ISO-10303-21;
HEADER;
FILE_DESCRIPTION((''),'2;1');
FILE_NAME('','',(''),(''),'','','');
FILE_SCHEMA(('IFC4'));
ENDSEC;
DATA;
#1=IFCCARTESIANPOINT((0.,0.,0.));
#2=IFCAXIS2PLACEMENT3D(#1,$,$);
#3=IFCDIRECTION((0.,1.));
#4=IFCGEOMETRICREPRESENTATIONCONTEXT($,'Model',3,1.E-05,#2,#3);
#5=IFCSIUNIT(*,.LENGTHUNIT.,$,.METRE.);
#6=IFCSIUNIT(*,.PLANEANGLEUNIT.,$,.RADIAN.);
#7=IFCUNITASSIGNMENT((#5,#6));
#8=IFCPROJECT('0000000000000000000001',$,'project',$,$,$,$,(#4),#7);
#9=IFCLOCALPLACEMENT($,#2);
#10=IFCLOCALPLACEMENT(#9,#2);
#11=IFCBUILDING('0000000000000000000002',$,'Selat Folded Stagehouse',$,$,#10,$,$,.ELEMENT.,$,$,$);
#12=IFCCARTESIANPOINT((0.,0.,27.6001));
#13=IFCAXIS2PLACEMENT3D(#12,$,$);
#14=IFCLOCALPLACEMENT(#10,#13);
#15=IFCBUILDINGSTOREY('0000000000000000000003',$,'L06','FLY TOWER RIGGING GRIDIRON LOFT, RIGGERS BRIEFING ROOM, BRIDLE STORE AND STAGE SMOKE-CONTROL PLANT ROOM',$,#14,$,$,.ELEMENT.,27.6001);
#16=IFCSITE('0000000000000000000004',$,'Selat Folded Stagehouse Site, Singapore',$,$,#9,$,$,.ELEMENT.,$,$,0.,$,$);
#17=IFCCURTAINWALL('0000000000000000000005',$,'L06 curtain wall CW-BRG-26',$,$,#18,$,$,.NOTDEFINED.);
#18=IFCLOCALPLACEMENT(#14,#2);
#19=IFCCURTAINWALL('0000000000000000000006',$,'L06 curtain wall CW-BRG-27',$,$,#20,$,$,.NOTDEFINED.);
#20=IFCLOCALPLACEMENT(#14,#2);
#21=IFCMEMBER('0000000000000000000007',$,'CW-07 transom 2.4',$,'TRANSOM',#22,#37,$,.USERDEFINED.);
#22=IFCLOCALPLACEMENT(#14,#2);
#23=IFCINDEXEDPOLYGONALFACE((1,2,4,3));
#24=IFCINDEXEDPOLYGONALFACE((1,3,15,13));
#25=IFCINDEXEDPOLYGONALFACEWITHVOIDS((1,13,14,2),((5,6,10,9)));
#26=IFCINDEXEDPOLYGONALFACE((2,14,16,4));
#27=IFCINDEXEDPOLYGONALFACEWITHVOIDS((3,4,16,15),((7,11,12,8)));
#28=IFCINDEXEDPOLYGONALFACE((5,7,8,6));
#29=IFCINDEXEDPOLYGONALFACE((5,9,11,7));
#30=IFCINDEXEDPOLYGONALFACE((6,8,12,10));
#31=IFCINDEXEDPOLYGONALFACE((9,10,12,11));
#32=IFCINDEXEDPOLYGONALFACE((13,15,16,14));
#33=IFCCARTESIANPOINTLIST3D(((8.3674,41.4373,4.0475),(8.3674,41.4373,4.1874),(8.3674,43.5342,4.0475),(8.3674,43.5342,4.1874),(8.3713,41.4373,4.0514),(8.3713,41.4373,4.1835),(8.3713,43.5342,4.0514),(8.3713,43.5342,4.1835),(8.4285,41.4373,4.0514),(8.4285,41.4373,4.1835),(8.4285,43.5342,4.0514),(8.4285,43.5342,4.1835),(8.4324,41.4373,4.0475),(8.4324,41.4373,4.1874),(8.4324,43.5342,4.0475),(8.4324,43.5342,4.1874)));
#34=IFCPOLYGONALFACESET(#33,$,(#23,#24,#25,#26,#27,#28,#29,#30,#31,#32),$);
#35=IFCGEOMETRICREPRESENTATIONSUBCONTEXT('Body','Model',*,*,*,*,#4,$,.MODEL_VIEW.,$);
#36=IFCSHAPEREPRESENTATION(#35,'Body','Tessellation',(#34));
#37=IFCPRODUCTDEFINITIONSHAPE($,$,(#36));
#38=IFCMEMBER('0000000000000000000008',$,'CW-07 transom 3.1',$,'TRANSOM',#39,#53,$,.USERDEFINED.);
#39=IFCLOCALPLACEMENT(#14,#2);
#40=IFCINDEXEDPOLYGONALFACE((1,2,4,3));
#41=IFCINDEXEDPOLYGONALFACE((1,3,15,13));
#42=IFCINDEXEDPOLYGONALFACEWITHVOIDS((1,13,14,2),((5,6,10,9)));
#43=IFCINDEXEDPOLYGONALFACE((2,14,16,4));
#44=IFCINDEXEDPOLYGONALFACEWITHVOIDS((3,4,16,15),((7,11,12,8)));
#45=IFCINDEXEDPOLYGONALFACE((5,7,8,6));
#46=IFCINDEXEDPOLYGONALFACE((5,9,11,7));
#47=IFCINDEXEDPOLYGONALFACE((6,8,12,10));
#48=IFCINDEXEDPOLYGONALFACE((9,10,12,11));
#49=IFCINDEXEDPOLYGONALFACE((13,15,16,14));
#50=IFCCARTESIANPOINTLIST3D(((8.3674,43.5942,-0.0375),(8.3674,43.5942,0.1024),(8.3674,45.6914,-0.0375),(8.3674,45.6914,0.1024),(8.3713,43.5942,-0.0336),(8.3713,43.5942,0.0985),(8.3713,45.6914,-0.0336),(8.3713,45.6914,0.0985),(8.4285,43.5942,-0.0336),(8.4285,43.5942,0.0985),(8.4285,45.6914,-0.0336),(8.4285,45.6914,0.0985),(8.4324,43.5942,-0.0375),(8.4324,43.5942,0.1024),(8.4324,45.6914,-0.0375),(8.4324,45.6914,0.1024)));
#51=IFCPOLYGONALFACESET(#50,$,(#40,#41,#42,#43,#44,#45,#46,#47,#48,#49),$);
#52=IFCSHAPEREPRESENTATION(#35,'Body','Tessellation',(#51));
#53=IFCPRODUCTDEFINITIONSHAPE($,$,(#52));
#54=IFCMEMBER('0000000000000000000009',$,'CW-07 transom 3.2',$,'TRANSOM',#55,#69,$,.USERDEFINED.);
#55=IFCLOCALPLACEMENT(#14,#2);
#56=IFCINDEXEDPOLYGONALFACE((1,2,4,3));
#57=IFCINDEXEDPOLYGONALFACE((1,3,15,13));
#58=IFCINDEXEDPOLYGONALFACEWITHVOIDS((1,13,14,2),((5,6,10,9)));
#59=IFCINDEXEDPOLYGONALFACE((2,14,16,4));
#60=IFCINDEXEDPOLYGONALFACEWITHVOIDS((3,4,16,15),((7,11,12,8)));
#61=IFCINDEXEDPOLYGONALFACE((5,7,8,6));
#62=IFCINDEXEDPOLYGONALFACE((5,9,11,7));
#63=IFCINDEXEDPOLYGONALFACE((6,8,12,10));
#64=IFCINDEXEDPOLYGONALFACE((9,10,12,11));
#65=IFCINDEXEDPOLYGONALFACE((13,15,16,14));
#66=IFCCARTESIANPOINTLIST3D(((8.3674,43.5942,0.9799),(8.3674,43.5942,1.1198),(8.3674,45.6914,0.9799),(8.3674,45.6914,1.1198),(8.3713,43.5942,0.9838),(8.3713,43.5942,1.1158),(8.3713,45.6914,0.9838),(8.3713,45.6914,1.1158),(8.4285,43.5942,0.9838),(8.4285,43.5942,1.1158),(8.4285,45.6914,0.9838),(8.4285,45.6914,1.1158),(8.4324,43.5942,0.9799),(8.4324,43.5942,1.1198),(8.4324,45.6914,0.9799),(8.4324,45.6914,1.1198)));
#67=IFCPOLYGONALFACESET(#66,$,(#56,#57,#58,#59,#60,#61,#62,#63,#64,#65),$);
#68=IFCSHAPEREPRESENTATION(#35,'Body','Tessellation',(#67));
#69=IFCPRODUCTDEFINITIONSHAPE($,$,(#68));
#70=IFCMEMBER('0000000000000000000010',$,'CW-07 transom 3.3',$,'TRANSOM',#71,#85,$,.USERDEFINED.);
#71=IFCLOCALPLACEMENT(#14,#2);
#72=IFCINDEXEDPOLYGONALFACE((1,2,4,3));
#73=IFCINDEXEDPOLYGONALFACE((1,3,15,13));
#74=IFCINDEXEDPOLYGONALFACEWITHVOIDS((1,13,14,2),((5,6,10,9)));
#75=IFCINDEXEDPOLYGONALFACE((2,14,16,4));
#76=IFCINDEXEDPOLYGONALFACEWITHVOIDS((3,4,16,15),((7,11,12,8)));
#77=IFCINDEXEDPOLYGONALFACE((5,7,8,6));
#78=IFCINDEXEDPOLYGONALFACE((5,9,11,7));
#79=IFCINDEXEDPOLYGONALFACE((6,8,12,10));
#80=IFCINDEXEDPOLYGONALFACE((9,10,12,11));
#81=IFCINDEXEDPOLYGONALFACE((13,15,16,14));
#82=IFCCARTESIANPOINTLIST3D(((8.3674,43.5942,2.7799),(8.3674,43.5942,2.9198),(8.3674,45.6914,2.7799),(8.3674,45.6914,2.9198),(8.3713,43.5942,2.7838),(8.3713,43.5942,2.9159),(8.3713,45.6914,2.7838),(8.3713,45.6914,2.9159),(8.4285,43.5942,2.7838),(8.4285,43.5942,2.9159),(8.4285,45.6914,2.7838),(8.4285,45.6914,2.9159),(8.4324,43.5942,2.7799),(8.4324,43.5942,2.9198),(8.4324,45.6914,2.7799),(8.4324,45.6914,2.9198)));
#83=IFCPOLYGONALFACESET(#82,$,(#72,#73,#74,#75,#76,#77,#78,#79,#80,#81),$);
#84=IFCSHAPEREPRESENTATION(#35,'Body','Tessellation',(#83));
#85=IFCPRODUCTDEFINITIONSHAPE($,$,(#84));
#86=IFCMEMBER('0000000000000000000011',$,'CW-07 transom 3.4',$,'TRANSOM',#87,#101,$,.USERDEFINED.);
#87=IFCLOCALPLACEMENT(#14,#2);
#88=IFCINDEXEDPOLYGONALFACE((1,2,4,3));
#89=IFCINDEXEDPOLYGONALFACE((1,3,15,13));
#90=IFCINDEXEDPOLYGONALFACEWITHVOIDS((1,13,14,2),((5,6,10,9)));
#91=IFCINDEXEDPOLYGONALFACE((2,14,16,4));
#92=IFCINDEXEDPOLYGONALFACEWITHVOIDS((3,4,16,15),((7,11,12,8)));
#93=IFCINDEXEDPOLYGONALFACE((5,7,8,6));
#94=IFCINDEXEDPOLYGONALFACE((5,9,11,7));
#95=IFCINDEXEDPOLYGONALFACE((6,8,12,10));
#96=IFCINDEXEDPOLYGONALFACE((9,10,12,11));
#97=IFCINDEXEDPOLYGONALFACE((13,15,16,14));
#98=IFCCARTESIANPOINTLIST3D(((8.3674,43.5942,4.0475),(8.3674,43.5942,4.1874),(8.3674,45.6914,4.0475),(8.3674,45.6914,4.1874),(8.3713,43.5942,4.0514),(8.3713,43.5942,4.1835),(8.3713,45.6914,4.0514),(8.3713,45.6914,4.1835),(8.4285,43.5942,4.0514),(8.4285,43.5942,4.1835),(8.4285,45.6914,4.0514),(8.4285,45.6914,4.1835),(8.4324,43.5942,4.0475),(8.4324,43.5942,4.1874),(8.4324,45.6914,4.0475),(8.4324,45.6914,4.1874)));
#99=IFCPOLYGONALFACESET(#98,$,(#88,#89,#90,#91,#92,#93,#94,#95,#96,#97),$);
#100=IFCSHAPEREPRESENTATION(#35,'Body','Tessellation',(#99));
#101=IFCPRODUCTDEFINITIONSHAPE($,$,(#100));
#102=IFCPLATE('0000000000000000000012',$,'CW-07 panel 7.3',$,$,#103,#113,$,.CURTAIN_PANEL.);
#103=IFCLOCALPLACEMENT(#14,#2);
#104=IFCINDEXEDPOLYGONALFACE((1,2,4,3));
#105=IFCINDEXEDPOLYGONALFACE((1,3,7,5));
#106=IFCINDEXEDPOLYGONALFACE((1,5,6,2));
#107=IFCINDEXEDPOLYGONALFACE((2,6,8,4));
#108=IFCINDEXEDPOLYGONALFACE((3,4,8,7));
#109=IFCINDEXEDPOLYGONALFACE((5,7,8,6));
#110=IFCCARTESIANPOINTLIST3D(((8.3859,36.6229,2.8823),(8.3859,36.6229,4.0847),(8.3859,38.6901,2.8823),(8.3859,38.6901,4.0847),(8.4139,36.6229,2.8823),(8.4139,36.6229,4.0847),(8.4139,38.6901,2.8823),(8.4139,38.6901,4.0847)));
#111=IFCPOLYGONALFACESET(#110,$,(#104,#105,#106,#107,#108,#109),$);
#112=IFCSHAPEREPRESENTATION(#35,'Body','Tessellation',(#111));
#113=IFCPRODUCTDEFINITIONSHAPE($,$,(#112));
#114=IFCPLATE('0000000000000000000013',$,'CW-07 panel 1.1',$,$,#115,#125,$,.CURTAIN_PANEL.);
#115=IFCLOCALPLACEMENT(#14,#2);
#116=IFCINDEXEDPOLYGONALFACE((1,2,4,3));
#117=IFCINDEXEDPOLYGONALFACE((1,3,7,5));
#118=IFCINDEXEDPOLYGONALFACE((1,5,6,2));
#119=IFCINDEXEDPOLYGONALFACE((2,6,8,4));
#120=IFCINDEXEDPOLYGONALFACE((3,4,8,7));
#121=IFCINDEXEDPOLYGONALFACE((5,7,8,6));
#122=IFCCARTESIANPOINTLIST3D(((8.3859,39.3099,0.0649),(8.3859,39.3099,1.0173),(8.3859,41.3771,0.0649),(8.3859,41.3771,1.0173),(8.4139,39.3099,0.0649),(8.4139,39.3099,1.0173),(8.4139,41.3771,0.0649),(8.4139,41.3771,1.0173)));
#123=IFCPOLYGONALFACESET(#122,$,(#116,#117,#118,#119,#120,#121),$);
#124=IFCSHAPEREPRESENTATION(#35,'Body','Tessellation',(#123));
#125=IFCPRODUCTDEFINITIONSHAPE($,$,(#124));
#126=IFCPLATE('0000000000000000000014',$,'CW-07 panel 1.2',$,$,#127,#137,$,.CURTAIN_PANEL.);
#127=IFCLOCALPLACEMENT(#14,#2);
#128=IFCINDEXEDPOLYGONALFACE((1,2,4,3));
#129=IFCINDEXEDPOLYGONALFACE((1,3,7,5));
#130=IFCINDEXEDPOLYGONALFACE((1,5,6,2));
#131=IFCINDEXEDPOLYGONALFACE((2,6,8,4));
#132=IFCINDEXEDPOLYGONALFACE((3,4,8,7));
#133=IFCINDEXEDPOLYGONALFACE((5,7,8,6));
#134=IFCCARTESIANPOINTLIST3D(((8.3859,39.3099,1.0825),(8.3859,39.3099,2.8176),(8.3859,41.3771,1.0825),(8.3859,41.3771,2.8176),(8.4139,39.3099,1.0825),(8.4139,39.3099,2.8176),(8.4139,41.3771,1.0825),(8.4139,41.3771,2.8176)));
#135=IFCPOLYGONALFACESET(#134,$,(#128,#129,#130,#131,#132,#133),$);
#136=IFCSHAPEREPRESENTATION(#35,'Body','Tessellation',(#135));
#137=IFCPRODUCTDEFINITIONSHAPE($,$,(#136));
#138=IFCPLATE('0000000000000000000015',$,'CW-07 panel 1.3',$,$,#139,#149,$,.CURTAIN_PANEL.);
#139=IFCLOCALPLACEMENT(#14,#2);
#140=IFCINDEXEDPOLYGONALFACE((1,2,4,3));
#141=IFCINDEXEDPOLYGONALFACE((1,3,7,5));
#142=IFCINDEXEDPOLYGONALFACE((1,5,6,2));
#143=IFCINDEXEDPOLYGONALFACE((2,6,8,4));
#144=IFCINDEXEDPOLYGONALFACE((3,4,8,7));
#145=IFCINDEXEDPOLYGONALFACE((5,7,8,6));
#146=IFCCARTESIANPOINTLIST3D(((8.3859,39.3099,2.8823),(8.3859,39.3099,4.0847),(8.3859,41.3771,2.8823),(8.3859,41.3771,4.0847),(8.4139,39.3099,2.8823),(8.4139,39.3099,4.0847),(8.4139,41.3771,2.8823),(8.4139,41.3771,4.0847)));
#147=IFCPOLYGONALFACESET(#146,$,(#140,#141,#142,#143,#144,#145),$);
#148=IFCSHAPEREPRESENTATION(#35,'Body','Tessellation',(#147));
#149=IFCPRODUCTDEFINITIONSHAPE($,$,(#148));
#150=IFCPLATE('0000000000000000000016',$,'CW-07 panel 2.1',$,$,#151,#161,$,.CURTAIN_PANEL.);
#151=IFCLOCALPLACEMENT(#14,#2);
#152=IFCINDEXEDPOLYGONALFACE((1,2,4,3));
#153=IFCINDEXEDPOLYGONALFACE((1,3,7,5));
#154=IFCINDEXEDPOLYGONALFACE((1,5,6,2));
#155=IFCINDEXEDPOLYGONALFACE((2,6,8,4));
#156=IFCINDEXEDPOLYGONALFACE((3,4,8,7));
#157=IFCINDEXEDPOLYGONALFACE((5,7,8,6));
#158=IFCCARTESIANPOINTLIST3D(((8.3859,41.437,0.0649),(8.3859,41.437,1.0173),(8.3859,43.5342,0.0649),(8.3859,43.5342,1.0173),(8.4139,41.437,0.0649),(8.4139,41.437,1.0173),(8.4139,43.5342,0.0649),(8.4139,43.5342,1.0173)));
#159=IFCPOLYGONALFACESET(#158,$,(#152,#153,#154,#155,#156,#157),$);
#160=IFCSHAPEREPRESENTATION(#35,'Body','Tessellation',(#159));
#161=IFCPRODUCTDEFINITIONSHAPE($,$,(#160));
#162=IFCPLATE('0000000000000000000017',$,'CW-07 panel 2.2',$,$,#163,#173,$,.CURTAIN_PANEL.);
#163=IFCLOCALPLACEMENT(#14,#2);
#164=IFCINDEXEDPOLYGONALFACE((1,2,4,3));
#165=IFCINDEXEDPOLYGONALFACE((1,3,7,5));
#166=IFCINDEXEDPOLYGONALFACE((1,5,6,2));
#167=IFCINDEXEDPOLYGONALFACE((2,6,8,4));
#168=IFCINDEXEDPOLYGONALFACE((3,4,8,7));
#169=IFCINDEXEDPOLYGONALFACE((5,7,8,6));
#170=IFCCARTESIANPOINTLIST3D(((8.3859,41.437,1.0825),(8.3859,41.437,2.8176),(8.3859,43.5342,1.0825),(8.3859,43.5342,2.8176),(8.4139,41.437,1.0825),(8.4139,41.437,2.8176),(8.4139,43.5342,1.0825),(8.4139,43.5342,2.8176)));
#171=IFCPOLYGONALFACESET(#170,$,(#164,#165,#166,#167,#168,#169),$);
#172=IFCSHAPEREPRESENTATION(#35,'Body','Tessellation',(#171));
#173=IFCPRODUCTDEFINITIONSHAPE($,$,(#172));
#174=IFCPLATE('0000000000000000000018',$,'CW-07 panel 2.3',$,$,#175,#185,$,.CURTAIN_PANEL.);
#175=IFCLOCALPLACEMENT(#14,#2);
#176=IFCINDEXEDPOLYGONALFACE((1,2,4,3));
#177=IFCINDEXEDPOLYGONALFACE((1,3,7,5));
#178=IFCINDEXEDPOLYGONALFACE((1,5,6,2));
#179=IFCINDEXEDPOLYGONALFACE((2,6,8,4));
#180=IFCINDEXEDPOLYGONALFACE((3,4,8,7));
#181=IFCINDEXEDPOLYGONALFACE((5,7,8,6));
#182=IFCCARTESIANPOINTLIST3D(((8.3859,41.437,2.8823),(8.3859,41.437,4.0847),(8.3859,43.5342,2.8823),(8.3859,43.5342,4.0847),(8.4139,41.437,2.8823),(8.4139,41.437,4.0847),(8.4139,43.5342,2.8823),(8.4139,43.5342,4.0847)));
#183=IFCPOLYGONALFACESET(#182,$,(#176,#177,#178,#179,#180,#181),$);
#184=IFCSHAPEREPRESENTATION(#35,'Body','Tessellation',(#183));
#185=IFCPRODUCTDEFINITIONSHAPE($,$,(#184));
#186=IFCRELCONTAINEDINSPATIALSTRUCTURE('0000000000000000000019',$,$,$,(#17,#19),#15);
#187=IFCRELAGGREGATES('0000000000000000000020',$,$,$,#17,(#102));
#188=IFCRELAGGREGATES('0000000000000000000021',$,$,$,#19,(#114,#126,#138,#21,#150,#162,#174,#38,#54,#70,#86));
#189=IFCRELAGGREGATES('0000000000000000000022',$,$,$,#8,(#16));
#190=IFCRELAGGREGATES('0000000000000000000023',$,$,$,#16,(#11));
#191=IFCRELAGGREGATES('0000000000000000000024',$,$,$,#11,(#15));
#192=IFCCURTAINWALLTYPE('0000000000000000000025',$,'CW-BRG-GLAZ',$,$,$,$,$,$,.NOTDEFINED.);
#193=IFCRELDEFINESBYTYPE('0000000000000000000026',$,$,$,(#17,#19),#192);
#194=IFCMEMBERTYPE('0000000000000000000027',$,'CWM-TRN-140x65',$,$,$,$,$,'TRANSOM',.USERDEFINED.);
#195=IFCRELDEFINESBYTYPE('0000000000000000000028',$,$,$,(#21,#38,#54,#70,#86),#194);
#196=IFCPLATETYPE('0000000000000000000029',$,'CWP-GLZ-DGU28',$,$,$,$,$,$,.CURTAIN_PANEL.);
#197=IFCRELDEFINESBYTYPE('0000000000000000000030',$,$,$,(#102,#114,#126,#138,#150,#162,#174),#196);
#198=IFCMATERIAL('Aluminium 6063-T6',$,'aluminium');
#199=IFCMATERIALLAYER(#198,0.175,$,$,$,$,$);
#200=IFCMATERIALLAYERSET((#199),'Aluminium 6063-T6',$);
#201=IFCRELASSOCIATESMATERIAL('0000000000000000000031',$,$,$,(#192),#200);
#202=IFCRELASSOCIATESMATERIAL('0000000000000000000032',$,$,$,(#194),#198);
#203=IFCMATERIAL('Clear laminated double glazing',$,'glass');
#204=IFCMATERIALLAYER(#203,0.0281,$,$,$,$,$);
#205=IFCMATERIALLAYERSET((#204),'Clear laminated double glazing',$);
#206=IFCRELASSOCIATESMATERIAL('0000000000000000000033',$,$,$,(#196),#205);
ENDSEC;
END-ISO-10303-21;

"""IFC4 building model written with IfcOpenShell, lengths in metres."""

from ifc_helpers import new_model, si_unit, direction, frame, origin, origin_2d, place, context, subcontext, project, spatial, rectangle, hollow_rectangle, extrude, material, layer, layer_set, material_profile, profile_set, type_object, element, aggregate, save


model = new_model("IFC4")

# Units and contexts
model_context = context("Model", 3, precision=1e-05, world=origin(), true_north=direction((0.0, 1.0)))
body_context = subcontext(model_context, "Body", "Model", "MODEL_VIEW")
ifc_project = project(units=[si_unit("LENGTHUNIT", "METRE"), si_unit("PLANEANGLEUNIT", "RADIAN")], contexts=[model_context])

# Site, building, storey
site_placement = place(None, origin())
site = spatial("IfcSite", under=ifc_project, at=site_placement, Name="Selat Folded Stagehouse Site, Singapore", CompositionType="ELEMENT", RefElevation=0.0)
building_placement = place(site_placement, origin())
building = spatial("IfcBuilding", under=site, at=building_placement, Name="Selat Folded Stagehouse", CompositionType="ELEMENT")
storey_placement = place(building_placement, frame((0.0, 0.0, 27.6001)))
storey = spatial("IfcBuildingStorey", under=building, at=storey_placement, Name="L06", Description="FLY TOWER RIGGING GRIDIRON LOFT, RIGGERS BRIEFING ROOM, BRIDLE STORE AND STAGE SMOKE-CONTROL PLANT ROOM", CompositionType="ELEMENT", Elevation=27.6001)

# Curtain wall
ifc_material_1 = material(Name="Aluminium 6063-T6", Category="aluminium")
ifc_layer_1 = layer(ifc_material_1, 0.175)
ifc_layer_set_1 = layer_set([ifc_layer_1], Name="Aluminium 6063-T6")
curtain_wall_type = type_object("IfcCurtainWallType", Name="CW-BRG-GLAZ", PredefinedType="NOTDEFINED", material=ifc_layer_set_1)
curtain_wall_1_placement = place(storey_placement, origin())
curtain_wall_1 = element("IfcCurtainWall", 1, at=curtain_wall_1_placement, inside=storey, type_object=curtain_wall_type, Name="L06 curtain wall CW-BRG-26", PredefinedType="NOTDEFINED")

# Curtain wall, members
curtain_wall_2_placement = place(storey_placement, origin())
curtain_wall_2 = element("IfcCurtainWall", 2, at=curtain_wall_2_placement, inside=storey, type_object=curtain_wall_type, Name="L06 curtain wall CW-BRG-27", PredefinedType="NOTDEFINED")
ifc_material_profile_1 = material_profile(ifc_material_1, hollow_rectangle(XDim=0.0649, YDim=0.1399, WallThickness=0.0039, at=origin_2d()), Name="ALU 140x65x4.0")
ifc_profile_set_1 = profile_set([ifc_material_profile_1], Name="Aluminium 6063-T6")
member_type_1 = type_object("IfcMemberType", Name="CWM-TRN-140x65", ElementType="TRANSOM", PredefinedType="USERDEFINED", material=ifc_profile_set_1)
member_1_placement = place(storey_placement, frame((8.3999, 41.4373, 4.1174), z_axis=(0.0, 1.0, 0.0), x_axis=(-1.0, 0.0, 0.0)))
member_1 = element("IfcMember", 3, at=member_1_placement, type_object=member_type_1, Name="CW-07 transom 2.4", ObjectType="TRANSOM", PredefinedType="USERDEFINED", context=body_context, shape_type="SweptSolid", body=[
    extrude(hollow_rectangle(XDim=0.0649, YDim=0.1399, WallThickness=0.0039, at=origin_2d()), origin(), (0.0, 0.0, 1.0), 2.0969),
])
member_2_placement = place(storey_placement, frame((8.3999, 43.5942, 0.0325), z_axis=(0.0, 1.0, 0.0), x_axis=(-1.0, 0.0, 0.0)))
member_2 = element("IfcMember", 4, at=member_2_placement, type_object=member_type_1, Name="CW-07 transom 3.1", ObjectType="TRANSOM", PredefinedType="USERDEFINED", context=body_context, shape_type="SweptSolid", body=[
    extrude(hollow_rectangle(XDim=0.0649, YDim=0.1399, WallThickness=0.0039, at=origin_2d()), origin(), (0.0, 0.0, 1.0), 2.0972),
])
member_3_placement = place(storey_placement, frame((8.3999, 43.5942, 1.0498), z_axis=(0.0, 1.0, 0.0), x_axis=(-1.0, 0.0, 0.0)))
member_3 = element("IfcMember", 5, at=member_3_placement, type_object=member_type_1, Name="CW-07 transom 3.2", ObjectType="TRANSOM", PredefinedType="USERDEFINED", context=body_context, shape_type="SweptSolid", body=[
    extrude(hollow_rectangle(XDim=0.0649, YDim=0.1399, WallThickness=0.0039, at=origin_2d()), origin(), (0.0, 0.0, 1.0), 2.0972),
])
member_4_placement = place(storey_placement, frame((8.3999, 43.5942, 2.8499), z_axis=(0.0, 1.0, 0.0), x_axis=(-1.0, 0.0, 0.0)))
member_4 = element("IfcMember", 6, at=member_4_placement, type_object=member_type_1, Name="CW-07 transom 3.3", ObjectType="TRANSOM", PredefinedType="USERDEFINED", context=body_context, shape_type="SweptSolid", body=[
    extrude(hollow_rectangle(XDim=0.0649, YDim=0.1399, WallThickness=0.0039, at=origin_2d()), origin(), (0.0, 0.0, 1.0), 2.0972),
])
member_5_placement = place(storey_placement, frame((8.3999, 43.5942, 4.1174), z_axis=(0.0, 1.0, 0.0), x_axis=(-1.0, 0.0, 0.0)))
member_5 = element("IfcMember", 7, at=member_5_placement, type_object=member_type_1, Name="CW-07 transom 3.4", ObjectType="TRANSOM", PredefinedType="USERDEFINED", context=body_context, shape_type="SweptSolid", body=[
    extrude(hollow_rectangle(XDim=0.0649, YDim=0.1399, WallThickness=0.0039, at=origin_2d()), origin(), (0.0, 0.0, 1.0), 2.0972),
])

# Plates
ifc_material_2 = material(Name="Clear laminated double glazing", Category="glass")
ifc_layer_2 = layer(ifc_material_2, 0.0281)
ifc_layer_set_2 = layer_set([ifc_layer_2], Name="Clear laminated double glazing")
plate_type = type_object("IfcPlateType", Name="CWP-GLZ-DGU28", PredefinedType="CURTAIN_PANEL", material=ifc_layer_set_2)
plate_1_placement = place(storey_placement, frame((8.3999, 37.6565, 2.8823), z_axis=(0.0, 0.0, 1.0), x_axis=(0.0, 1.0, 0.0)))
plate_1 = element("IfcPlate", 8, at=plate_1_placement, type_object=plate_type, Name="CW-07 panel 7.3", PredefinedType="CURTAIN_PANEL", context=body_context, shape_type="SweptSolid", body=[
    extrude(rectangle(XDim=2.0671, YDim=0.0281, at=origin_2d()), origin(), (0.0, 0.0, 1.0), 1.2024),
])
aggregate(curtain_wall_1, [plate_1])
plate_2_placement = place(storey_placement, frame((8.3999, 40.3435, 0.0649), z_axis=(0.0, 0.0, 1.0), x_axis=(0.0, 1.0, 0.0)))
plate_2 = element("IfcPlate", 9, at=plate_2_placement, type_object=plate_type, Name="CW-07 panel 1.1", PredefinedType="CURTAIN_PANEL", context=body_context, shape_type="SweptSolid", body=[
    extrude(rectangle(XDim=2.0671, YDim=0.0281, at=origin_2d()), origin(), (0.0, 0.0, 1.0), 0.9524),
])
plate_3_placement = place(storey_placement, frame((8.3999, 40.3435, 1.0825), z_axis=(0.0, 0.0, 1.0), x_axis=(0.0, 1.0, 0.0)))
plate_3 = element("IfcPlate", 10, at=plate_3_placement, type_object=plate_type, Name="CW-07 panel 1.2", PredefinedType="CURTAIN_PANEL", context=body_context, shape_type="SweptSolid", body=[
    extrude(rectangle(XDim=2.0671, YDim=0.0281, at=origin_2d()), origin(), (0.0, 0.0, 1.0), 1.7351),
])
plate_4_placement = place(storey_placement, frame((8.3999, 40.3435, 2.8823), z_axis=(0.0, 0.0, 1.0), x_axis=(0.0, 1.0, 0.0)))
plate_4 = element("IfcPlate", 11, at=plate_4_placement, type_object=plate_type, Name="CW-07 panel 1.3", PredefinedType="CURTAIN_PANEL", context=body_context, shape_type="SweptSolid", body=[
    extrude(rectangle(XDim=2.0671, YDim=0.0281, at=origin_2d()), origin(), (0.0, 0.0, 1.0), 1.2024),
])
plate_5_placement = place(storey_placement, frame((8.3999, 42.4856, 0.0649), z_axis=(0.0, 0.0, 1.0), x_axis=(0.0, 1.0, 0.0)))
plate_5 = element("IfcPlate", 12, at=plate_5_placement, type_object=plate_type, Name="CW-07 panel 2.1", PredefinedType="CURTAIN_PANEL", context=body_context, shape_type="SweptSolid", body=[
    extrude(rectangle(XDim=2.0972, YDim=0.0281, at=origin_2d()), origin(), (0.0, 0.0, 1.0), 0.9524),
])
plate_6_placement = place(storey_placement, frame((8.3999, 42.4856, 1.0825), z_axis=(0.0, 0.0, 1.0), x_axis=(0.0, 1.0, 0.0)))
plate_6 = element("IfcPlate", 13, at=plate_6_placement, type_object=plate_type, Name="CW-07 panel 2.2", PredefinedType="CURTAIN_PANEL", context=body_context, shape_type="SweptSolid", body=[
    extrude(rectangle(XDim=2.0972, YDim=0.0281, at=origin_2d()), origin(), (0.0, 0.0, 1.0), 1.7351),
])
plate_7_placement = place(storey_placement, frame((8.3999, 42.4856, 2.8823), z_axis=(0.0, 0.0, 1.0), x_axis=(0.0, 1.0, 0.0)))
plate_7 = element("IfcPlate", 14, at=plate_7_placement, type_object=plate_type, Name="CW-07 panel 2.3", PredefinedType="CURTAIN_PANEL", context=body_context, shape_type="SweptSolid", body=[
    extrude(rectangle(XDim=2.0972, YDim=0.0281, at=origin_2d()), origin(), (0.0, 0.0, 1.0), 1.2024),
])
aggregate(curtain_wall_2, [plate_2, plate_3, plate_4, member_1, plate_5, plate_6, plate_7, member_2, member_3, member_4, member_5])

save(model, "model.ifc")
